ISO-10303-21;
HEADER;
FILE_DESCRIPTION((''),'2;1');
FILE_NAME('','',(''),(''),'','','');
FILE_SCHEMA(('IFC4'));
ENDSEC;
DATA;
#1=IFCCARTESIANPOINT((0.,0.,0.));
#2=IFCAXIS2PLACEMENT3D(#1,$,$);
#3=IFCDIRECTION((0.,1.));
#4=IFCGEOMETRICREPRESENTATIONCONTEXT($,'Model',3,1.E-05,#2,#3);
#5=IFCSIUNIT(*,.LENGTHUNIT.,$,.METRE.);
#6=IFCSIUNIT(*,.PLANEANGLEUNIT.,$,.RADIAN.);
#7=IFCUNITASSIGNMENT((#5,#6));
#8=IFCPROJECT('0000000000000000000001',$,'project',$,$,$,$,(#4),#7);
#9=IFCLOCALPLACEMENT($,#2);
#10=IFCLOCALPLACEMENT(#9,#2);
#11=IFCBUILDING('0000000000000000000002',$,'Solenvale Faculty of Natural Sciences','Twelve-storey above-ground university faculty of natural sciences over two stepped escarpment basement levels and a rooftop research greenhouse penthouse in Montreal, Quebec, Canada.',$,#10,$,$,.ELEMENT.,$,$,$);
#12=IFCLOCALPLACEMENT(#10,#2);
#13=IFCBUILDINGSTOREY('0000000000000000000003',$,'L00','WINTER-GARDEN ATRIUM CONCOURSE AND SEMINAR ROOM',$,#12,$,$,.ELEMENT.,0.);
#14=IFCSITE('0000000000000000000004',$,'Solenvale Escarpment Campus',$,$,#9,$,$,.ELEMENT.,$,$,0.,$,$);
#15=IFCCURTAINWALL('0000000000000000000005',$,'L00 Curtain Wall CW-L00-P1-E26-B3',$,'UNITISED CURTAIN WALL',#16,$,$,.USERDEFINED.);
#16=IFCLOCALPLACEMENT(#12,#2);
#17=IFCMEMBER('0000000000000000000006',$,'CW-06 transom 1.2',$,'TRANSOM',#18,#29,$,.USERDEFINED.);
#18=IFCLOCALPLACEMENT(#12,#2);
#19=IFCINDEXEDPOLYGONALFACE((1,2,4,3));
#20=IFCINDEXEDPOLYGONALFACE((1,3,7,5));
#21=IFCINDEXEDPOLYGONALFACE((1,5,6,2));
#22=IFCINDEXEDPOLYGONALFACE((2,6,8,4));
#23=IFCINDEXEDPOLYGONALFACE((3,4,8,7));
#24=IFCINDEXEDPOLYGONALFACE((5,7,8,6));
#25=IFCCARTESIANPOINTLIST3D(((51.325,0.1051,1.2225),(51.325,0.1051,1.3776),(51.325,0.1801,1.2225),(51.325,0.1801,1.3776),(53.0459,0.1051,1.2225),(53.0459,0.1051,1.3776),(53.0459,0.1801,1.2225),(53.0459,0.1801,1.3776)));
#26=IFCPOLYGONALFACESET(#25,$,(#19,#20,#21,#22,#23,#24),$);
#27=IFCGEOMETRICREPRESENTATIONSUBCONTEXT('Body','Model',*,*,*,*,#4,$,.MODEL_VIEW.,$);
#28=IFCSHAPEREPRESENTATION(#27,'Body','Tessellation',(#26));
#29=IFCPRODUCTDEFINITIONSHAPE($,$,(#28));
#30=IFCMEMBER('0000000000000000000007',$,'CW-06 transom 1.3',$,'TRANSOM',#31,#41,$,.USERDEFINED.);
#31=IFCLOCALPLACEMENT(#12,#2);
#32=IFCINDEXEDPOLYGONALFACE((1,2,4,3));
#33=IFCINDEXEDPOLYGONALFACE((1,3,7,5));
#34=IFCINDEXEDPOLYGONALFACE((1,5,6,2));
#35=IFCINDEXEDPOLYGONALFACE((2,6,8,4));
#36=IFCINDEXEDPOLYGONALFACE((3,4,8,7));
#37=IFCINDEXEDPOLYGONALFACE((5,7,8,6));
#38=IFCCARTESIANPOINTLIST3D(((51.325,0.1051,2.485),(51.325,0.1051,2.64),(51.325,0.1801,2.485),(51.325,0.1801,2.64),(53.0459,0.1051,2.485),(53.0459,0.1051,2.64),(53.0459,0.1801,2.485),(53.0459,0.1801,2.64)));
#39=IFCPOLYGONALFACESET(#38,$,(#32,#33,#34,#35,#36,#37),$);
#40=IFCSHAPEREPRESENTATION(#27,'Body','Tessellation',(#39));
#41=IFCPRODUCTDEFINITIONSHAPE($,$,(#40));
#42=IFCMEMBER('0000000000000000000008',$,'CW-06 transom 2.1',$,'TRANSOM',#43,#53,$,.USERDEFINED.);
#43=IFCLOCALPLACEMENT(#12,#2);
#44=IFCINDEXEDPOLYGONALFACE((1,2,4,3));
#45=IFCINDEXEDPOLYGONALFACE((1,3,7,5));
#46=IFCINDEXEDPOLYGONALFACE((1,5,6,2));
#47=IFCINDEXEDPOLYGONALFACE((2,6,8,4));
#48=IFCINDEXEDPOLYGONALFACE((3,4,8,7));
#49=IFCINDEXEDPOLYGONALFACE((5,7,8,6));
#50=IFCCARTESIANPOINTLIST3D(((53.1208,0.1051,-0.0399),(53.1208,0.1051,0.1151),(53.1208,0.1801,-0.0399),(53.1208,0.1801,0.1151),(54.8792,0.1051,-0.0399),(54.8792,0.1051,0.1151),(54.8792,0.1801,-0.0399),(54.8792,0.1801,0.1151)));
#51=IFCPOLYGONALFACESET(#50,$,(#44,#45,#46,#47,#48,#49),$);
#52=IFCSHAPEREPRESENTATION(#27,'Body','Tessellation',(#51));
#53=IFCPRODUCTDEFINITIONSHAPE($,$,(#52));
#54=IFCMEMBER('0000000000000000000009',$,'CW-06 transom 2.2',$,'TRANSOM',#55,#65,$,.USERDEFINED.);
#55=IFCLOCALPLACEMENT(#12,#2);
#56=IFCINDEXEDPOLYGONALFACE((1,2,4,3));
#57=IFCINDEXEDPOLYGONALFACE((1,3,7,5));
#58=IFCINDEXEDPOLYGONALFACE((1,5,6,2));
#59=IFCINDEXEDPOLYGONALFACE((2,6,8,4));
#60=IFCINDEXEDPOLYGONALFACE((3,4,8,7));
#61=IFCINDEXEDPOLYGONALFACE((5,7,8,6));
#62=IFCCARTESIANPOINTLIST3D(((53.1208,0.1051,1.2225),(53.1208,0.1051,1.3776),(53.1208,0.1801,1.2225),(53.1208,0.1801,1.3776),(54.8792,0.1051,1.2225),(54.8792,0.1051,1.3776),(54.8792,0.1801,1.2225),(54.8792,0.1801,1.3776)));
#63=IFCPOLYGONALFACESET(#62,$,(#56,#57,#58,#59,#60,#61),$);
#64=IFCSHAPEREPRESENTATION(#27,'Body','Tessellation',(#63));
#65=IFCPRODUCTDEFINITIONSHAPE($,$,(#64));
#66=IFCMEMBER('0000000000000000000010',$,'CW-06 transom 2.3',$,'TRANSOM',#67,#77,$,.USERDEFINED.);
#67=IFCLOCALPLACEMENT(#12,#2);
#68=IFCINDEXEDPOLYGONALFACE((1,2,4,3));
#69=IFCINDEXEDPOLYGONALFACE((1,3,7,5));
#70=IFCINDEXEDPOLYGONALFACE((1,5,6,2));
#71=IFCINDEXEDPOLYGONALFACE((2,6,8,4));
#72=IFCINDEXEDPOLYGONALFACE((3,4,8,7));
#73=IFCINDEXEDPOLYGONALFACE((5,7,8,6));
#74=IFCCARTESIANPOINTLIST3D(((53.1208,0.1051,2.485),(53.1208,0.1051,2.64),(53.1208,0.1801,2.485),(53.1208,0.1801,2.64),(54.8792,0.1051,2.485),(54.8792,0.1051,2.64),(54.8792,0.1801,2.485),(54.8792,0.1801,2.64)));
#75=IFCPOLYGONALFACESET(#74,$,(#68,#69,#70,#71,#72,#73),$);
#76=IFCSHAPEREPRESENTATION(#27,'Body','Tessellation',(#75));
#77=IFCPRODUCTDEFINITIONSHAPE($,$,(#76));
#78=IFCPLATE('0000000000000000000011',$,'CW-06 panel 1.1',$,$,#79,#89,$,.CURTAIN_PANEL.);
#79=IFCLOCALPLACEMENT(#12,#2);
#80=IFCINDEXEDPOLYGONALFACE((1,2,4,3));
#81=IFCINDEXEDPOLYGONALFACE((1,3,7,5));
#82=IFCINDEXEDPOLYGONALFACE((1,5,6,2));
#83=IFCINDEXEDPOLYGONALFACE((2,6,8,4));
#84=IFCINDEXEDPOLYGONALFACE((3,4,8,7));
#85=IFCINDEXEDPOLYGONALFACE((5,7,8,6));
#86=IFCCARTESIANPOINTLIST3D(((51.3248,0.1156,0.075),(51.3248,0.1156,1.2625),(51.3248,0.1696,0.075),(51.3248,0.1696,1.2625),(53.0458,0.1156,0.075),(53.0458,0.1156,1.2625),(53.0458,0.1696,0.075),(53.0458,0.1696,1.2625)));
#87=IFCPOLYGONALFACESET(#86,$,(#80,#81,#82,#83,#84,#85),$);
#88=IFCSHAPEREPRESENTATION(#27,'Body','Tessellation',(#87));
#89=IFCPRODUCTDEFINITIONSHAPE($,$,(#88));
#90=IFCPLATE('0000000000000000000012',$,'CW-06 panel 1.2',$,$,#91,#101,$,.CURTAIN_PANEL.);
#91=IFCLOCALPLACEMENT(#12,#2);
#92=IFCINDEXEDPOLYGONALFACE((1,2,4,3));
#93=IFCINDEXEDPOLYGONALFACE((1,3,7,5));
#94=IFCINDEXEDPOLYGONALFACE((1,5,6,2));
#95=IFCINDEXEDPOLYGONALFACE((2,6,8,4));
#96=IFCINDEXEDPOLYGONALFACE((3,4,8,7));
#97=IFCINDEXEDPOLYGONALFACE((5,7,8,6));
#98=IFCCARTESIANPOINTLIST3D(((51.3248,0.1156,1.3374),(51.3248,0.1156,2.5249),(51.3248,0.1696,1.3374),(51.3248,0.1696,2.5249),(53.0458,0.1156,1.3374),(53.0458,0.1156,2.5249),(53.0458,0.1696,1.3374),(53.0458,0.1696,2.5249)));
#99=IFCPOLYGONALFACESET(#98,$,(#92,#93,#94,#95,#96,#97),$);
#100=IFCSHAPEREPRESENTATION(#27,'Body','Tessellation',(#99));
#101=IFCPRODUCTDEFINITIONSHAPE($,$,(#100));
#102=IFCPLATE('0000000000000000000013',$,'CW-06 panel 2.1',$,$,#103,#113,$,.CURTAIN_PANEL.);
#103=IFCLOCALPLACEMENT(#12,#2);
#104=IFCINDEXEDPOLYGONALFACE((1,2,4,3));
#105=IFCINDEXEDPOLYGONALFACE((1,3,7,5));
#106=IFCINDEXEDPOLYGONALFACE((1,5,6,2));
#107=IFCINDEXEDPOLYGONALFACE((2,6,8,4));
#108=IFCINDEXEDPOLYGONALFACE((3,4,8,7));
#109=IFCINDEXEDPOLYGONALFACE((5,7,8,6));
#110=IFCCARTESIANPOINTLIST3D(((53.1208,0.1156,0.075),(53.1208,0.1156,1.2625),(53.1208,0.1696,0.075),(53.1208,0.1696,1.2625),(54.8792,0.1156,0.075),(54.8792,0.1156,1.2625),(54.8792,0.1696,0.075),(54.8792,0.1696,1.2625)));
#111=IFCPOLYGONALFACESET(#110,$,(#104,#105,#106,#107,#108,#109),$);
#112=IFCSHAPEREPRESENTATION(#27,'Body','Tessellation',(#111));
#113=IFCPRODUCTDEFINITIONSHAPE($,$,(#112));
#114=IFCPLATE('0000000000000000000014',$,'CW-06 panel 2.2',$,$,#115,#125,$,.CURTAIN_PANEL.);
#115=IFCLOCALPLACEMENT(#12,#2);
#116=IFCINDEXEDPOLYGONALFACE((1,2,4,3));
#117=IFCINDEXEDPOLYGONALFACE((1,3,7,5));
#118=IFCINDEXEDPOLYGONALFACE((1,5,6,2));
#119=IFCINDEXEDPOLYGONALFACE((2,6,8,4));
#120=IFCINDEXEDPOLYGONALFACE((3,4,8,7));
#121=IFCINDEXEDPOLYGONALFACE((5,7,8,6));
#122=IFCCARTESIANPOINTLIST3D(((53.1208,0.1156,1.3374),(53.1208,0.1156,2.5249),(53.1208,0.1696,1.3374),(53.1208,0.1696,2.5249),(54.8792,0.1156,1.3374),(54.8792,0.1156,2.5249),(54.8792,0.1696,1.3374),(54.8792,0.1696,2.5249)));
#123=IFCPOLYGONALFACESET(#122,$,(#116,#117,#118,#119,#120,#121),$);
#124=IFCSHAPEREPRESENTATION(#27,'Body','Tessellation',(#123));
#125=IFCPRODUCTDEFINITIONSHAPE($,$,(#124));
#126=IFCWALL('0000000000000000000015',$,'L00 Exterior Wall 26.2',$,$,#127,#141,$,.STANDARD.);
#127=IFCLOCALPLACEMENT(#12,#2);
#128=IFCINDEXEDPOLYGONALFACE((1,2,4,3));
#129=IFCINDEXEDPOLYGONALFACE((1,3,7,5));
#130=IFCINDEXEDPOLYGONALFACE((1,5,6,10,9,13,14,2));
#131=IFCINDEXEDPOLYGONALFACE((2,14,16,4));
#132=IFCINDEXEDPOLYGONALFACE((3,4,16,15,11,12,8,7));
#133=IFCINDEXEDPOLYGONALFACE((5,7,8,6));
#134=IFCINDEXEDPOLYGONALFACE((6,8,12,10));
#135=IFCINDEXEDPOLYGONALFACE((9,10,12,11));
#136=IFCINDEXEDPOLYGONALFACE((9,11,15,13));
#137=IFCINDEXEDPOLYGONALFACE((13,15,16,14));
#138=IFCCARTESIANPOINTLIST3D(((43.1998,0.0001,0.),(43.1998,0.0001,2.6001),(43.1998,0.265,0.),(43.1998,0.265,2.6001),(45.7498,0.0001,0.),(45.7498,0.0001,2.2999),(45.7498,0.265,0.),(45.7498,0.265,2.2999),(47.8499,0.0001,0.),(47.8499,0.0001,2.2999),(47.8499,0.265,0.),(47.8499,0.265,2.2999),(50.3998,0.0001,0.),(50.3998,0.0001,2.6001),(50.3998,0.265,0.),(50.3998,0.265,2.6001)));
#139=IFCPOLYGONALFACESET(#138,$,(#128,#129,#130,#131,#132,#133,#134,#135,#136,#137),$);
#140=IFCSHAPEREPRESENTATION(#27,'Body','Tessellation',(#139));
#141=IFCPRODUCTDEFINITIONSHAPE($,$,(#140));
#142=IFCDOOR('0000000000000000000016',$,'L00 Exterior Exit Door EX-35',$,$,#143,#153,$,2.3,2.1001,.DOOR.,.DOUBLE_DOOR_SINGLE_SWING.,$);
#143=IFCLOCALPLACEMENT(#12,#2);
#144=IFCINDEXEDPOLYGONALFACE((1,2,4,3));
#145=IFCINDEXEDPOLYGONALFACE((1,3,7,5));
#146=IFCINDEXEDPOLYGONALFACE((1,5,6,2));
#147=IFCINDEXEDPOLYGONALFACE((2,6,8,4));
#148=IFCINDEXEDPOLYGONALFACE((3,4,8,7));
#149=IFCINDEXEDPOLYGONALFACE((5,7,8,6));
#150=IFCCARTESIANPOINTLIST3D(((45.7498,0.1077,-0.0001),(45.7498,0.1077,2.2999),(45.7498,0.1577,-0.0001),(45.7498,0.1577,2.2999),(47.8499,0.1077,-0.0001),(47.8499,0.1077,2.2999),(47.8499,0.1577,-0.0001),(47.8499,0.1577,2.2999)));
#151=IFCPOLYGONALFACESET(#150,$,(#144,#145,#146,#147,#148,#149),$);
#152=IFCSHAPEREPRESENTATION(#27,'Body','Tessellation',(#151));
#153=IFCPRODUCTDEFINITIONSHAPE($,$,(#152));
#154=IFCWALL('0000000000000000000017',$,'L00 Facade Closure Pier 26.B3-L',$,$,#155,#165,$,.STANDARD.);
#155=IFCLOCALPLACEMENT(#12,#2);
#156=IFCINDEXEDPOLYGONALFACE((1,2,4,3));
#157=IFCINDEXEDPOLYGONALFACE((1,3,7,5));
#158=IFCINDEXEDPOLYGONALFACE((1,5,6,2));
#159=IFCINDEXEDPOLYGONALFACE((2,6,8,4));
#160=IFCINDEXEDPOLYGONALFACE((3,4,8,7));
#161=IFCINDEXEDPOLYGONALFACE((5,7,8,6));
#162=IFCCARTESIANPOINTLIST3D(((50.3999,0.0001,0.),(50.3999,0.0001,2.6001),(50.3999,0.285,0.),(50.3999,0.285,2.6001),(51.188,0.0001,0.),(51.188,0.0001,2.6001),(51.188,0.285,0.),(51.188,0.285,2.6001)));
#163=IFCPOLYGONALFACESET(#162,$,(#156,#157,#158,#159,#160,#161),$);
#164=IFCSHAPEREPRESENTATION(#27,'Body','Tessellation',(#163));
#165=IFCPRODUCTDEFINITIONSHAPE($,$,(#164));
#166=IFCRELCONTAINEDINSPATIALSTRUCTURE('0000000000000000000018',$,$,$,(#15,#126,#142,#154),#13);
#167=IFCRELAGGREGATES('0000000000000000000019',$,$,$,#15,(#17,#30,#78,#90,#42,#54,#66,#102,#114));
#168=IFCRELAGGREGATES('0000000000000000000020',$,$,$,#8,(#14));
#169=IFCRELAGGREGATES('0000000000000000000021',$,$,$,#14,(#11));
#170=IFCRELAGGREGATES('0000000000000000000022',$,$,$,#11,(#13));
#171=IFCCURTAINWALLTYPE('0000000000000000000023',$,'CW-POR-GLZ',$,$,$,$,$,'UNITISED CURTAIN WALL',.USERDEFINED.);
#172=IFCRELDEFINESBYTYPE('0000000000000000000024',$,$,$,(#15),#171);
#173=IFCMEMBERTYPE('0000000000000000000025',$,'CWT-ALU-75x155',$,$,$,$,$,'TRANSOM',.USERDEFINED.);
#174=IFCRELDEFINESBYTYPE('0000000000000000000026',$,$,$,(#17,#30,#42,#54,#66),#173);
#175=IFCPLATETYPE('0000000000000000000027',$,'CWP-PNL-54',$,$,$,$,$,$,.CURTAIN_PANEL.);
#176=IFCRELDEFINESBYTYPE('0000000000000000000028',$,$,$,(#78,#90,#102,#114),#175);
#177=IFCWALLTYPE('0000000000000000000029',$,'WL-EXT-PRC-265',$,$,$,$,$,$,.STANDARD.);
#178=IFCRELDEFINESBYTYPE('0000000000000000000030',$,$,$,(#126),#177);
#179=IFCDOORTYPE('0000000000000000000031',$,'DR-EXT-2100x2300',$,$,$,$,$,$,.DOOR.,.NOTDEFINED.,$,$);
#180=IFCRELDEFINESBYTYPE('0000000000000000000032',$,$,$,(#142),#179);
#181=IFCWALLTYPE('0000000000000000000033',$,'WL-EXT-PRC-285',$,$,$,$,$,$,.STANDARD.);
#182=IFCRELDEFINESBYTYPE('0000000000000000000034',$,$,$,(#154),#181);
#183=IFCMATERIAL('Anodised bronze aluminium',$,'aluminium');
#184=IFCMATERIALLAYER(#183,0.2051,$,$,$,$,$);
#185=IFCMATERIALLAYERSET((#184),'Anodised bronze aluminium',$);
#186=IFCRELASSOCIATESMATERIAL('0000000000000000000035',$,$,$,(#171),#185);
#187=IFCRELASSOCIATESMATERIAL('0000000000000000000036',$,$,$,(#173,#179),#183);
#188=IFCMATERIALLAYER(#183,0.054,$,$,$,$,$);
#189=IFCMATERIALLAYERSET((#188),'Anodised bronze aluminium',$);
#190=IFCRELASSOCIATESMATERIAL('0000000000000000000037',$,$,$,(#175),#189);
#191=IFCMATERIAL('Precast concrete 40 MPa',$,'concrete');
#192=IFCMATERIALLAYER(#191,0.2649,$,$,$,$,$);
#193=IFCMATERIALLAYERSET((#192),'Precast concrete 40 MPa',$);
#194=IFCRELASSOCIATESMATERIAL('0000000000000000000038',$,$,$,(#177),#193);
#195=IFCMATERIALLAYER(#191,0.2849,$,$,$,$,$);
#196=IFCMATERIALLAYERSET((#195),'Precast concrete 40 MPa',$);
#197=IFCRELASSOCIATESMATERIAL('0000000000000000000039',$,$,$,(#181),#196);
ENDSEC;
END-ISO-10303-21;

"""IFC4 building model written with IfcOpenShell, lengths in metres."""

from ifc_helpers import new_model, si_unit, direction, frame, frame_2d, origin, origin_2d, place, context, subcontext, project, spatial, rectangle, extrude, material, layer, layer_set, material_profile, profile_set, type_object, element, fill, aggregate, save


model = new_model("IFC4")

# Units and contexts
model_context = context("Model", 3, precision=1e-05, world=origin(), true_north=direction((0.0, 1.0)))
body_context = subcontext(model_context, "Body", "Model", "MODEL_VIEW")
ifc_project = project(units=[si_unit("LENGTHUNIT", "METRE"), si_unit("PLANEANGLEUNIT", "RADIAN")], contexts=[model_context])

# Site, building, storey
site_placement = place(None, origin())
site = spatial("IfcSite", under=ifc_project, at=site_placement, Name="Solenvale Escarpment Campus", CompositionType="ELEMENT", RefElevation=0.0)
building_placement = place(site_placement, origin())
building = spatial("IfcBuilding", under=site, at=building_placement, Name="Solenvale Faculty of Natural Sciences", Description="Twelve-storey above-ground university faculty of natural sciences over two stepped escarpment basement levels and a rooftop research greenhouse penthouse in Montreal, Quebec, Canada.", CompositionType="ELEMENT")
storey_placement = place(building_placement, origin())
storey = spatial("IfcBuildingStorey", under=building, at=storey_placement, Name="L00", Description="WINTER-GARDEN ATRIUM CONCOURSE AND SEMINAR ROOM", CompositionType="ELEMENT", Elevation=0.0)

# Curtain wall, members, plates
ifc_material_1 = material(Name="Anodised bronze aluminium", Category="aluminium")
ifc_layer_1 = layer(ifc_material_1, 0.2051)
ifc_layer_set_1 = layer_set([ifc_layer_1], Name="Anodised bronze aluminium")
curtain_wall_type = type_object("IfcCurtainWallType", Name="CW-POR-GLZ", ElementType="UNITISED CURTAIN WALL", PredefinedType="USERDEFINED", material=ifc_layer_set_1)
curtain_wall_placement = place(storey_placement, origin())
curtain_wall = element("IfcCurtainWall", 1, at=curtain_wall_placement, inside=storey, type_object=curtain_wall_type, Name="L00 Curtain Wall CW-L00-P1-E26-B3", ObjectType="UNITISED CURTAIN WALL", PredefinedType="USERDEFINED")
ifc_material_profile_1 = material_profile(ifc_material_1, rectangle(XDim=0.075, YDim=0.155, at=origin_2d()), Name="ALU-TRN-75x155")
ifc_profile_set_1 = profile_set([ifc_material_profile_1], Name="Anodised bronze aluminium")
member_type_1 = type_object("IfcMemberType", Name="CWT-ALU-75x155", ElementType="TRANSOM", PredefinedType="USERDEFINED", material=ifc_profile_set_1)
member_1_placement = place(storey_placement, frame((51.325, 0.1426, 1.3), z_axis=(1.0, 0.0, 0.0), x_axis=(0.0, 1.0, 0.0)))
member_1 = element("IfcMember", 2, at=member_1_placement, type_object=member_type_1, Name="CW-06 transom 1.2", ObjectType="TRANSOM", PredefinedType="USERDEFINED", context=body_context, shape_type="SweptSolid", body=[
    extrude(rectangle(XDim=0.075, YDim=0.155, at=origin_2d()), origin(), (0.0, 0.0, 1.0), 1.7209),
])
member_2_placement = place(storey_placement, frame((51.325, 0.1426, 2.5625), z_axis=(1.0, 0.0, 0.0), x_axis=(0.0, 1.0, 0.0)))
member_2 = element("IfcMember", 3, at=member_2_placement, type_object=member_type_1, Name="CW-06 transom 1.3", ObjectType="TRANSOM", PredefinedType="USERDEFINED", context=body_context, shape_type="SweptSolid", body=[
    extrude(rectangle(XDim=0.075, YDim=0.155, at=origin_2d()), origin(), (0.0, 0.0, 1.0), 1.7209),
])
member_3_placement = place(storey_placement, frame((53.1208, 0.1426, 0.0376), z_axis=(1.0, 0.0, 0.0), x_axis=(0.0, 1.0, 0.0)))
member_3 = element("IfcMember", 4, at=member_3_placement, type_object=member_type_1, Name="CW-06 transom 2.1", ObjectType="TRANSOM", PredefinedType="USERDEFINED", context=body_context, shape_type="SweptSolid", body=[
    extrude(rectangle(XDim=0.075, YDim=0.155, at=origin_2d()), origin(), (0.0, 0.0, 1.0), 1.7583),
])
member_4_placement = place(storey_placement, frame((53.1208, 0.1426, 1.3), z_axis=(1.0, 0.0, 0.0), x_axis=(0.0, 1.0, 0.0)))
member_4 = element("IfcMember", 5, at=member_4_placement, type_object=member_type_1, Name="CW-06 transom 2.2", ObjectType="TRANSOM", PredefinedType="USERDEFINED", context=body_context, shape_type="SweptSolid", body=[
    extrude(rectangle(XDim=0.075, YDim=0.155, at=origin_2d()), origin(), (0.0, 0.0, 1.0), 1.7583),
])
member_5_placement = place(storey_placement, frame((53.1208, 0.1426, 2.5625), z_axis=(1.0, 0.0, 0.0), x_axis=(0.0, 1.0, 0.0)))
member_5 = element("IfcMember", 6, at=member_5_placement, type_object=member_type_1, Name="CW-06 transom 2.3", ObjectType="TRANSOM", PredefinedType="USERDEFINED", context=body_context, shape_type="SweptSolid", body=[
    extrude(rectangle(XDim=0.075, YDim=0.155, at=origin_2d()), origin(), (0.0, 0.0, 1.0), 1.7583),
])
ifc_layer_2 = layer(ifc_material_1, 0.054)
ifc_layer_set_2 = layer_set([ifc_layer_2], Name="Anodised bronze aluminium")
plate_type = type_object("IfcPlateType", Name="CWP-PNL-54", PredefinedType="CURTAIN_PANEL", material=ifc_layer_set_2)
plate_1_placement = place(storey_placement, frame((52.1853, 0.1426, 0.075), z_axis=(0.0, 0.0, 1.0), x_axis=(1.0, 0.0, 0.0)))
plate_1 = element("IfcPlate", 7, at=plate_1_placement, type_object=plate_type, Name="CW-06 panel 1.1", PredefinedType="CURTAIN_PANEL", context=body_context, shape_type="SweptSolid", body=[
    extrude(rectangle(XDim=1.7209, YDim=0.054, at=origin_2d()), origin(), (0.0, 0.0, 1.0), 1.1875),
])
plate_2_placement = place(storey_placement, frame((52.1853, 0.1426, 1.3374), z_axis=(0.0, 0.0, 1.0), x_axis=(1.0, 0.0, 0.0)))
plate_2 = element("IfcPlate", 8, at=plate_2_placement, type_object=plate_type, Name="CW-06 panel 1.2", PredefinedType="CURTAIN_PANEL", context=body_context, shape_type="SweptSolid", body=[
    extrude(rectangle(XDim=1.7209, YDim=0.054, at=origin_2d()), origin(), (0.0, 0.0, 1.0), 1.1875),
])
plate_3_placement = place(storey_placement, frame((54.0, 0.1426, 0.075), z_axis=(0.0, 0.0, 1.0), x_axis=(1.0, 0.0, 0.0)))
plate_3 = element("IfcPlate", 9, at=plate_3_placement, type_object=plate_type, Name="CW-06 panel 2.1", PredefinedType="CURTAIN_PANEL", context=body_context, shape_type="SweptSolid", body=[
    extrude(rectangle(XDim=1.7583, YDim=0.054, at=origin_2d()), origin(), (0.0, 0.0, 1.0), 1.1875),
])
plate_4_placement = place(storey_placement, frame((54.0, 0.1426, 1.3374), z_axis=(0.0, 0.0, 1.0), x_axis=(1.0, 0.0, 0.0)))
plate_4 = element("IfcPlate", 10, at=plate_4_placement, type_object=plate_type, Name="CW-06 panel 2.2", PredefinedType="CURTAIN_PANEL", context=body_context, shape_type="SweptSolid", body=[
    extrude(rectangle(XDim=1.7583, YDim=0.054, at=origin_2d()), origin(), (0.0, 0.0, 1.0), 1.1875),
])
aggregate(curtain_wall, [member_1, member_2, plate_1, plate_2, member_3, member_4, member_5, plate_3, plate_4])

# Wall, opening, door
ifc_material_2 = material(Name="Precast concrete 40 MPa", Category="concrete")
ifc_layer_3 = layer(ifc_material_2, 0.2649)
ifc_layer_set_3 = layer_set([ifc_layer_3], Name="Precast concrete 40 MPa")
wall_type_1 = type_object("IfcWallType", Name="WL-EXT-PRC-265", PredefinedType="STANDARD", material=ifc_layer_set_3)
wall_1_placement = place(storey_placement, frame((50.3999, 0.1326, 0.0), z_axis=(0.0, 0.0, 1.0), x_axis=(-1.0, 0.0, 0.0)))
wall_1 = element("IfcWall", 11, at=wall_1_placement, inside=storey, type_object=wall_type_1, Name="L00 Exterior Wall 26.2", PredefinedType="STANDARD", context=body_context, shape_type="SweptSolid", body=[
    extrude(rectangle(XDim=7.2, YDim=0.2649, at=frame_2d((3.6001, 0.0))), origin(), (0.0, 0.0, 1.0), 2.6001),
])
opening_placement = place(wall_1_placement, frame((2.55, 0.0, 0.0)))
opening = element("IfcOpeningElement", 12, at=opening_placement, cuts=wall_1, PredefinedType="OPENING", context=body_context, shape_type="SweptSolid", body=[
    extrude(rectangle(XDim=2.1001, YDim=2.3, at=frame_2d((1.05, 1.1499))), frame((0.0, 0.1423, 0.0), z_axis=(0.0, -1.0, 0.0), x_axis=(1.0, 0.0, 0.0)), (0.0, 0.0, 1.0), 0.2849),
])
door_type = type_object("IfcDoorType", Name="DR-EXT-2100x2300", OperationType="NOTDEFINED", PredefinedType="DOOR", material=ifc_material_1)
door_placement = place(opening_placement, origin())
door = element("IfcDoor", 13, at=door_placement, inside=storey, type_object=door_type, Name="L00 Exterior Exit Door EX-35", OperationType="DOUBLE_DOOR_SINGLE_SWING", OverallHeight=2.3, OverallWidth=2.1001, PredefinedType="DOOR", context=body_context, shape_type="SweptSolid", body=[
    extrude(rectangle(XDim=2.1001, YDim=2.3, at=frame_2d((1.05, 1.1499))), frame((0.0, 0.0249, 0.0), z_axis=(0.0, -1.0, 0.0), x_axis=(1.0, 0.0, 0.0)), (0.0, 0.0, 1.0), 0.05),
])
fill(opening, door)

# Wall
ifc_layer_4 = layer(ifc_material_2, 0.2849)
ifc_layer_set_4 = layer_set([ifc_layer_4], Name="Precast concrete 40 MPa")
wall_type_2 = type_object("IfcWallType", Name="WL-EXT-PRC-285", PredefinedType="STANDARD", material=ifc_layer_set_4)
wall_2_placement = place(storey_placement, frame((50.3999, 0.1426, 0.0), z_axis=(0.0, 0.0, 1.0), x_axis=(1.0, 0.0, 0.0)))
element("IfcWall", 14, at=wall_2_placement, inside=storey, type_object=wall_type_2, Name="L00 Facade Closure Pier 26.B3-L", PredefinedType="STANDARD", context=body_context, shape_type="SweptSolid", body=[
    extrude(rectangle(XDim=0.7881, YDim=0.2849, at=frame_2d((0.394, 0.0))), origin(), (0.0, 0.0, 1.0), 2.6001),
])

save(model, "model.ifc")
